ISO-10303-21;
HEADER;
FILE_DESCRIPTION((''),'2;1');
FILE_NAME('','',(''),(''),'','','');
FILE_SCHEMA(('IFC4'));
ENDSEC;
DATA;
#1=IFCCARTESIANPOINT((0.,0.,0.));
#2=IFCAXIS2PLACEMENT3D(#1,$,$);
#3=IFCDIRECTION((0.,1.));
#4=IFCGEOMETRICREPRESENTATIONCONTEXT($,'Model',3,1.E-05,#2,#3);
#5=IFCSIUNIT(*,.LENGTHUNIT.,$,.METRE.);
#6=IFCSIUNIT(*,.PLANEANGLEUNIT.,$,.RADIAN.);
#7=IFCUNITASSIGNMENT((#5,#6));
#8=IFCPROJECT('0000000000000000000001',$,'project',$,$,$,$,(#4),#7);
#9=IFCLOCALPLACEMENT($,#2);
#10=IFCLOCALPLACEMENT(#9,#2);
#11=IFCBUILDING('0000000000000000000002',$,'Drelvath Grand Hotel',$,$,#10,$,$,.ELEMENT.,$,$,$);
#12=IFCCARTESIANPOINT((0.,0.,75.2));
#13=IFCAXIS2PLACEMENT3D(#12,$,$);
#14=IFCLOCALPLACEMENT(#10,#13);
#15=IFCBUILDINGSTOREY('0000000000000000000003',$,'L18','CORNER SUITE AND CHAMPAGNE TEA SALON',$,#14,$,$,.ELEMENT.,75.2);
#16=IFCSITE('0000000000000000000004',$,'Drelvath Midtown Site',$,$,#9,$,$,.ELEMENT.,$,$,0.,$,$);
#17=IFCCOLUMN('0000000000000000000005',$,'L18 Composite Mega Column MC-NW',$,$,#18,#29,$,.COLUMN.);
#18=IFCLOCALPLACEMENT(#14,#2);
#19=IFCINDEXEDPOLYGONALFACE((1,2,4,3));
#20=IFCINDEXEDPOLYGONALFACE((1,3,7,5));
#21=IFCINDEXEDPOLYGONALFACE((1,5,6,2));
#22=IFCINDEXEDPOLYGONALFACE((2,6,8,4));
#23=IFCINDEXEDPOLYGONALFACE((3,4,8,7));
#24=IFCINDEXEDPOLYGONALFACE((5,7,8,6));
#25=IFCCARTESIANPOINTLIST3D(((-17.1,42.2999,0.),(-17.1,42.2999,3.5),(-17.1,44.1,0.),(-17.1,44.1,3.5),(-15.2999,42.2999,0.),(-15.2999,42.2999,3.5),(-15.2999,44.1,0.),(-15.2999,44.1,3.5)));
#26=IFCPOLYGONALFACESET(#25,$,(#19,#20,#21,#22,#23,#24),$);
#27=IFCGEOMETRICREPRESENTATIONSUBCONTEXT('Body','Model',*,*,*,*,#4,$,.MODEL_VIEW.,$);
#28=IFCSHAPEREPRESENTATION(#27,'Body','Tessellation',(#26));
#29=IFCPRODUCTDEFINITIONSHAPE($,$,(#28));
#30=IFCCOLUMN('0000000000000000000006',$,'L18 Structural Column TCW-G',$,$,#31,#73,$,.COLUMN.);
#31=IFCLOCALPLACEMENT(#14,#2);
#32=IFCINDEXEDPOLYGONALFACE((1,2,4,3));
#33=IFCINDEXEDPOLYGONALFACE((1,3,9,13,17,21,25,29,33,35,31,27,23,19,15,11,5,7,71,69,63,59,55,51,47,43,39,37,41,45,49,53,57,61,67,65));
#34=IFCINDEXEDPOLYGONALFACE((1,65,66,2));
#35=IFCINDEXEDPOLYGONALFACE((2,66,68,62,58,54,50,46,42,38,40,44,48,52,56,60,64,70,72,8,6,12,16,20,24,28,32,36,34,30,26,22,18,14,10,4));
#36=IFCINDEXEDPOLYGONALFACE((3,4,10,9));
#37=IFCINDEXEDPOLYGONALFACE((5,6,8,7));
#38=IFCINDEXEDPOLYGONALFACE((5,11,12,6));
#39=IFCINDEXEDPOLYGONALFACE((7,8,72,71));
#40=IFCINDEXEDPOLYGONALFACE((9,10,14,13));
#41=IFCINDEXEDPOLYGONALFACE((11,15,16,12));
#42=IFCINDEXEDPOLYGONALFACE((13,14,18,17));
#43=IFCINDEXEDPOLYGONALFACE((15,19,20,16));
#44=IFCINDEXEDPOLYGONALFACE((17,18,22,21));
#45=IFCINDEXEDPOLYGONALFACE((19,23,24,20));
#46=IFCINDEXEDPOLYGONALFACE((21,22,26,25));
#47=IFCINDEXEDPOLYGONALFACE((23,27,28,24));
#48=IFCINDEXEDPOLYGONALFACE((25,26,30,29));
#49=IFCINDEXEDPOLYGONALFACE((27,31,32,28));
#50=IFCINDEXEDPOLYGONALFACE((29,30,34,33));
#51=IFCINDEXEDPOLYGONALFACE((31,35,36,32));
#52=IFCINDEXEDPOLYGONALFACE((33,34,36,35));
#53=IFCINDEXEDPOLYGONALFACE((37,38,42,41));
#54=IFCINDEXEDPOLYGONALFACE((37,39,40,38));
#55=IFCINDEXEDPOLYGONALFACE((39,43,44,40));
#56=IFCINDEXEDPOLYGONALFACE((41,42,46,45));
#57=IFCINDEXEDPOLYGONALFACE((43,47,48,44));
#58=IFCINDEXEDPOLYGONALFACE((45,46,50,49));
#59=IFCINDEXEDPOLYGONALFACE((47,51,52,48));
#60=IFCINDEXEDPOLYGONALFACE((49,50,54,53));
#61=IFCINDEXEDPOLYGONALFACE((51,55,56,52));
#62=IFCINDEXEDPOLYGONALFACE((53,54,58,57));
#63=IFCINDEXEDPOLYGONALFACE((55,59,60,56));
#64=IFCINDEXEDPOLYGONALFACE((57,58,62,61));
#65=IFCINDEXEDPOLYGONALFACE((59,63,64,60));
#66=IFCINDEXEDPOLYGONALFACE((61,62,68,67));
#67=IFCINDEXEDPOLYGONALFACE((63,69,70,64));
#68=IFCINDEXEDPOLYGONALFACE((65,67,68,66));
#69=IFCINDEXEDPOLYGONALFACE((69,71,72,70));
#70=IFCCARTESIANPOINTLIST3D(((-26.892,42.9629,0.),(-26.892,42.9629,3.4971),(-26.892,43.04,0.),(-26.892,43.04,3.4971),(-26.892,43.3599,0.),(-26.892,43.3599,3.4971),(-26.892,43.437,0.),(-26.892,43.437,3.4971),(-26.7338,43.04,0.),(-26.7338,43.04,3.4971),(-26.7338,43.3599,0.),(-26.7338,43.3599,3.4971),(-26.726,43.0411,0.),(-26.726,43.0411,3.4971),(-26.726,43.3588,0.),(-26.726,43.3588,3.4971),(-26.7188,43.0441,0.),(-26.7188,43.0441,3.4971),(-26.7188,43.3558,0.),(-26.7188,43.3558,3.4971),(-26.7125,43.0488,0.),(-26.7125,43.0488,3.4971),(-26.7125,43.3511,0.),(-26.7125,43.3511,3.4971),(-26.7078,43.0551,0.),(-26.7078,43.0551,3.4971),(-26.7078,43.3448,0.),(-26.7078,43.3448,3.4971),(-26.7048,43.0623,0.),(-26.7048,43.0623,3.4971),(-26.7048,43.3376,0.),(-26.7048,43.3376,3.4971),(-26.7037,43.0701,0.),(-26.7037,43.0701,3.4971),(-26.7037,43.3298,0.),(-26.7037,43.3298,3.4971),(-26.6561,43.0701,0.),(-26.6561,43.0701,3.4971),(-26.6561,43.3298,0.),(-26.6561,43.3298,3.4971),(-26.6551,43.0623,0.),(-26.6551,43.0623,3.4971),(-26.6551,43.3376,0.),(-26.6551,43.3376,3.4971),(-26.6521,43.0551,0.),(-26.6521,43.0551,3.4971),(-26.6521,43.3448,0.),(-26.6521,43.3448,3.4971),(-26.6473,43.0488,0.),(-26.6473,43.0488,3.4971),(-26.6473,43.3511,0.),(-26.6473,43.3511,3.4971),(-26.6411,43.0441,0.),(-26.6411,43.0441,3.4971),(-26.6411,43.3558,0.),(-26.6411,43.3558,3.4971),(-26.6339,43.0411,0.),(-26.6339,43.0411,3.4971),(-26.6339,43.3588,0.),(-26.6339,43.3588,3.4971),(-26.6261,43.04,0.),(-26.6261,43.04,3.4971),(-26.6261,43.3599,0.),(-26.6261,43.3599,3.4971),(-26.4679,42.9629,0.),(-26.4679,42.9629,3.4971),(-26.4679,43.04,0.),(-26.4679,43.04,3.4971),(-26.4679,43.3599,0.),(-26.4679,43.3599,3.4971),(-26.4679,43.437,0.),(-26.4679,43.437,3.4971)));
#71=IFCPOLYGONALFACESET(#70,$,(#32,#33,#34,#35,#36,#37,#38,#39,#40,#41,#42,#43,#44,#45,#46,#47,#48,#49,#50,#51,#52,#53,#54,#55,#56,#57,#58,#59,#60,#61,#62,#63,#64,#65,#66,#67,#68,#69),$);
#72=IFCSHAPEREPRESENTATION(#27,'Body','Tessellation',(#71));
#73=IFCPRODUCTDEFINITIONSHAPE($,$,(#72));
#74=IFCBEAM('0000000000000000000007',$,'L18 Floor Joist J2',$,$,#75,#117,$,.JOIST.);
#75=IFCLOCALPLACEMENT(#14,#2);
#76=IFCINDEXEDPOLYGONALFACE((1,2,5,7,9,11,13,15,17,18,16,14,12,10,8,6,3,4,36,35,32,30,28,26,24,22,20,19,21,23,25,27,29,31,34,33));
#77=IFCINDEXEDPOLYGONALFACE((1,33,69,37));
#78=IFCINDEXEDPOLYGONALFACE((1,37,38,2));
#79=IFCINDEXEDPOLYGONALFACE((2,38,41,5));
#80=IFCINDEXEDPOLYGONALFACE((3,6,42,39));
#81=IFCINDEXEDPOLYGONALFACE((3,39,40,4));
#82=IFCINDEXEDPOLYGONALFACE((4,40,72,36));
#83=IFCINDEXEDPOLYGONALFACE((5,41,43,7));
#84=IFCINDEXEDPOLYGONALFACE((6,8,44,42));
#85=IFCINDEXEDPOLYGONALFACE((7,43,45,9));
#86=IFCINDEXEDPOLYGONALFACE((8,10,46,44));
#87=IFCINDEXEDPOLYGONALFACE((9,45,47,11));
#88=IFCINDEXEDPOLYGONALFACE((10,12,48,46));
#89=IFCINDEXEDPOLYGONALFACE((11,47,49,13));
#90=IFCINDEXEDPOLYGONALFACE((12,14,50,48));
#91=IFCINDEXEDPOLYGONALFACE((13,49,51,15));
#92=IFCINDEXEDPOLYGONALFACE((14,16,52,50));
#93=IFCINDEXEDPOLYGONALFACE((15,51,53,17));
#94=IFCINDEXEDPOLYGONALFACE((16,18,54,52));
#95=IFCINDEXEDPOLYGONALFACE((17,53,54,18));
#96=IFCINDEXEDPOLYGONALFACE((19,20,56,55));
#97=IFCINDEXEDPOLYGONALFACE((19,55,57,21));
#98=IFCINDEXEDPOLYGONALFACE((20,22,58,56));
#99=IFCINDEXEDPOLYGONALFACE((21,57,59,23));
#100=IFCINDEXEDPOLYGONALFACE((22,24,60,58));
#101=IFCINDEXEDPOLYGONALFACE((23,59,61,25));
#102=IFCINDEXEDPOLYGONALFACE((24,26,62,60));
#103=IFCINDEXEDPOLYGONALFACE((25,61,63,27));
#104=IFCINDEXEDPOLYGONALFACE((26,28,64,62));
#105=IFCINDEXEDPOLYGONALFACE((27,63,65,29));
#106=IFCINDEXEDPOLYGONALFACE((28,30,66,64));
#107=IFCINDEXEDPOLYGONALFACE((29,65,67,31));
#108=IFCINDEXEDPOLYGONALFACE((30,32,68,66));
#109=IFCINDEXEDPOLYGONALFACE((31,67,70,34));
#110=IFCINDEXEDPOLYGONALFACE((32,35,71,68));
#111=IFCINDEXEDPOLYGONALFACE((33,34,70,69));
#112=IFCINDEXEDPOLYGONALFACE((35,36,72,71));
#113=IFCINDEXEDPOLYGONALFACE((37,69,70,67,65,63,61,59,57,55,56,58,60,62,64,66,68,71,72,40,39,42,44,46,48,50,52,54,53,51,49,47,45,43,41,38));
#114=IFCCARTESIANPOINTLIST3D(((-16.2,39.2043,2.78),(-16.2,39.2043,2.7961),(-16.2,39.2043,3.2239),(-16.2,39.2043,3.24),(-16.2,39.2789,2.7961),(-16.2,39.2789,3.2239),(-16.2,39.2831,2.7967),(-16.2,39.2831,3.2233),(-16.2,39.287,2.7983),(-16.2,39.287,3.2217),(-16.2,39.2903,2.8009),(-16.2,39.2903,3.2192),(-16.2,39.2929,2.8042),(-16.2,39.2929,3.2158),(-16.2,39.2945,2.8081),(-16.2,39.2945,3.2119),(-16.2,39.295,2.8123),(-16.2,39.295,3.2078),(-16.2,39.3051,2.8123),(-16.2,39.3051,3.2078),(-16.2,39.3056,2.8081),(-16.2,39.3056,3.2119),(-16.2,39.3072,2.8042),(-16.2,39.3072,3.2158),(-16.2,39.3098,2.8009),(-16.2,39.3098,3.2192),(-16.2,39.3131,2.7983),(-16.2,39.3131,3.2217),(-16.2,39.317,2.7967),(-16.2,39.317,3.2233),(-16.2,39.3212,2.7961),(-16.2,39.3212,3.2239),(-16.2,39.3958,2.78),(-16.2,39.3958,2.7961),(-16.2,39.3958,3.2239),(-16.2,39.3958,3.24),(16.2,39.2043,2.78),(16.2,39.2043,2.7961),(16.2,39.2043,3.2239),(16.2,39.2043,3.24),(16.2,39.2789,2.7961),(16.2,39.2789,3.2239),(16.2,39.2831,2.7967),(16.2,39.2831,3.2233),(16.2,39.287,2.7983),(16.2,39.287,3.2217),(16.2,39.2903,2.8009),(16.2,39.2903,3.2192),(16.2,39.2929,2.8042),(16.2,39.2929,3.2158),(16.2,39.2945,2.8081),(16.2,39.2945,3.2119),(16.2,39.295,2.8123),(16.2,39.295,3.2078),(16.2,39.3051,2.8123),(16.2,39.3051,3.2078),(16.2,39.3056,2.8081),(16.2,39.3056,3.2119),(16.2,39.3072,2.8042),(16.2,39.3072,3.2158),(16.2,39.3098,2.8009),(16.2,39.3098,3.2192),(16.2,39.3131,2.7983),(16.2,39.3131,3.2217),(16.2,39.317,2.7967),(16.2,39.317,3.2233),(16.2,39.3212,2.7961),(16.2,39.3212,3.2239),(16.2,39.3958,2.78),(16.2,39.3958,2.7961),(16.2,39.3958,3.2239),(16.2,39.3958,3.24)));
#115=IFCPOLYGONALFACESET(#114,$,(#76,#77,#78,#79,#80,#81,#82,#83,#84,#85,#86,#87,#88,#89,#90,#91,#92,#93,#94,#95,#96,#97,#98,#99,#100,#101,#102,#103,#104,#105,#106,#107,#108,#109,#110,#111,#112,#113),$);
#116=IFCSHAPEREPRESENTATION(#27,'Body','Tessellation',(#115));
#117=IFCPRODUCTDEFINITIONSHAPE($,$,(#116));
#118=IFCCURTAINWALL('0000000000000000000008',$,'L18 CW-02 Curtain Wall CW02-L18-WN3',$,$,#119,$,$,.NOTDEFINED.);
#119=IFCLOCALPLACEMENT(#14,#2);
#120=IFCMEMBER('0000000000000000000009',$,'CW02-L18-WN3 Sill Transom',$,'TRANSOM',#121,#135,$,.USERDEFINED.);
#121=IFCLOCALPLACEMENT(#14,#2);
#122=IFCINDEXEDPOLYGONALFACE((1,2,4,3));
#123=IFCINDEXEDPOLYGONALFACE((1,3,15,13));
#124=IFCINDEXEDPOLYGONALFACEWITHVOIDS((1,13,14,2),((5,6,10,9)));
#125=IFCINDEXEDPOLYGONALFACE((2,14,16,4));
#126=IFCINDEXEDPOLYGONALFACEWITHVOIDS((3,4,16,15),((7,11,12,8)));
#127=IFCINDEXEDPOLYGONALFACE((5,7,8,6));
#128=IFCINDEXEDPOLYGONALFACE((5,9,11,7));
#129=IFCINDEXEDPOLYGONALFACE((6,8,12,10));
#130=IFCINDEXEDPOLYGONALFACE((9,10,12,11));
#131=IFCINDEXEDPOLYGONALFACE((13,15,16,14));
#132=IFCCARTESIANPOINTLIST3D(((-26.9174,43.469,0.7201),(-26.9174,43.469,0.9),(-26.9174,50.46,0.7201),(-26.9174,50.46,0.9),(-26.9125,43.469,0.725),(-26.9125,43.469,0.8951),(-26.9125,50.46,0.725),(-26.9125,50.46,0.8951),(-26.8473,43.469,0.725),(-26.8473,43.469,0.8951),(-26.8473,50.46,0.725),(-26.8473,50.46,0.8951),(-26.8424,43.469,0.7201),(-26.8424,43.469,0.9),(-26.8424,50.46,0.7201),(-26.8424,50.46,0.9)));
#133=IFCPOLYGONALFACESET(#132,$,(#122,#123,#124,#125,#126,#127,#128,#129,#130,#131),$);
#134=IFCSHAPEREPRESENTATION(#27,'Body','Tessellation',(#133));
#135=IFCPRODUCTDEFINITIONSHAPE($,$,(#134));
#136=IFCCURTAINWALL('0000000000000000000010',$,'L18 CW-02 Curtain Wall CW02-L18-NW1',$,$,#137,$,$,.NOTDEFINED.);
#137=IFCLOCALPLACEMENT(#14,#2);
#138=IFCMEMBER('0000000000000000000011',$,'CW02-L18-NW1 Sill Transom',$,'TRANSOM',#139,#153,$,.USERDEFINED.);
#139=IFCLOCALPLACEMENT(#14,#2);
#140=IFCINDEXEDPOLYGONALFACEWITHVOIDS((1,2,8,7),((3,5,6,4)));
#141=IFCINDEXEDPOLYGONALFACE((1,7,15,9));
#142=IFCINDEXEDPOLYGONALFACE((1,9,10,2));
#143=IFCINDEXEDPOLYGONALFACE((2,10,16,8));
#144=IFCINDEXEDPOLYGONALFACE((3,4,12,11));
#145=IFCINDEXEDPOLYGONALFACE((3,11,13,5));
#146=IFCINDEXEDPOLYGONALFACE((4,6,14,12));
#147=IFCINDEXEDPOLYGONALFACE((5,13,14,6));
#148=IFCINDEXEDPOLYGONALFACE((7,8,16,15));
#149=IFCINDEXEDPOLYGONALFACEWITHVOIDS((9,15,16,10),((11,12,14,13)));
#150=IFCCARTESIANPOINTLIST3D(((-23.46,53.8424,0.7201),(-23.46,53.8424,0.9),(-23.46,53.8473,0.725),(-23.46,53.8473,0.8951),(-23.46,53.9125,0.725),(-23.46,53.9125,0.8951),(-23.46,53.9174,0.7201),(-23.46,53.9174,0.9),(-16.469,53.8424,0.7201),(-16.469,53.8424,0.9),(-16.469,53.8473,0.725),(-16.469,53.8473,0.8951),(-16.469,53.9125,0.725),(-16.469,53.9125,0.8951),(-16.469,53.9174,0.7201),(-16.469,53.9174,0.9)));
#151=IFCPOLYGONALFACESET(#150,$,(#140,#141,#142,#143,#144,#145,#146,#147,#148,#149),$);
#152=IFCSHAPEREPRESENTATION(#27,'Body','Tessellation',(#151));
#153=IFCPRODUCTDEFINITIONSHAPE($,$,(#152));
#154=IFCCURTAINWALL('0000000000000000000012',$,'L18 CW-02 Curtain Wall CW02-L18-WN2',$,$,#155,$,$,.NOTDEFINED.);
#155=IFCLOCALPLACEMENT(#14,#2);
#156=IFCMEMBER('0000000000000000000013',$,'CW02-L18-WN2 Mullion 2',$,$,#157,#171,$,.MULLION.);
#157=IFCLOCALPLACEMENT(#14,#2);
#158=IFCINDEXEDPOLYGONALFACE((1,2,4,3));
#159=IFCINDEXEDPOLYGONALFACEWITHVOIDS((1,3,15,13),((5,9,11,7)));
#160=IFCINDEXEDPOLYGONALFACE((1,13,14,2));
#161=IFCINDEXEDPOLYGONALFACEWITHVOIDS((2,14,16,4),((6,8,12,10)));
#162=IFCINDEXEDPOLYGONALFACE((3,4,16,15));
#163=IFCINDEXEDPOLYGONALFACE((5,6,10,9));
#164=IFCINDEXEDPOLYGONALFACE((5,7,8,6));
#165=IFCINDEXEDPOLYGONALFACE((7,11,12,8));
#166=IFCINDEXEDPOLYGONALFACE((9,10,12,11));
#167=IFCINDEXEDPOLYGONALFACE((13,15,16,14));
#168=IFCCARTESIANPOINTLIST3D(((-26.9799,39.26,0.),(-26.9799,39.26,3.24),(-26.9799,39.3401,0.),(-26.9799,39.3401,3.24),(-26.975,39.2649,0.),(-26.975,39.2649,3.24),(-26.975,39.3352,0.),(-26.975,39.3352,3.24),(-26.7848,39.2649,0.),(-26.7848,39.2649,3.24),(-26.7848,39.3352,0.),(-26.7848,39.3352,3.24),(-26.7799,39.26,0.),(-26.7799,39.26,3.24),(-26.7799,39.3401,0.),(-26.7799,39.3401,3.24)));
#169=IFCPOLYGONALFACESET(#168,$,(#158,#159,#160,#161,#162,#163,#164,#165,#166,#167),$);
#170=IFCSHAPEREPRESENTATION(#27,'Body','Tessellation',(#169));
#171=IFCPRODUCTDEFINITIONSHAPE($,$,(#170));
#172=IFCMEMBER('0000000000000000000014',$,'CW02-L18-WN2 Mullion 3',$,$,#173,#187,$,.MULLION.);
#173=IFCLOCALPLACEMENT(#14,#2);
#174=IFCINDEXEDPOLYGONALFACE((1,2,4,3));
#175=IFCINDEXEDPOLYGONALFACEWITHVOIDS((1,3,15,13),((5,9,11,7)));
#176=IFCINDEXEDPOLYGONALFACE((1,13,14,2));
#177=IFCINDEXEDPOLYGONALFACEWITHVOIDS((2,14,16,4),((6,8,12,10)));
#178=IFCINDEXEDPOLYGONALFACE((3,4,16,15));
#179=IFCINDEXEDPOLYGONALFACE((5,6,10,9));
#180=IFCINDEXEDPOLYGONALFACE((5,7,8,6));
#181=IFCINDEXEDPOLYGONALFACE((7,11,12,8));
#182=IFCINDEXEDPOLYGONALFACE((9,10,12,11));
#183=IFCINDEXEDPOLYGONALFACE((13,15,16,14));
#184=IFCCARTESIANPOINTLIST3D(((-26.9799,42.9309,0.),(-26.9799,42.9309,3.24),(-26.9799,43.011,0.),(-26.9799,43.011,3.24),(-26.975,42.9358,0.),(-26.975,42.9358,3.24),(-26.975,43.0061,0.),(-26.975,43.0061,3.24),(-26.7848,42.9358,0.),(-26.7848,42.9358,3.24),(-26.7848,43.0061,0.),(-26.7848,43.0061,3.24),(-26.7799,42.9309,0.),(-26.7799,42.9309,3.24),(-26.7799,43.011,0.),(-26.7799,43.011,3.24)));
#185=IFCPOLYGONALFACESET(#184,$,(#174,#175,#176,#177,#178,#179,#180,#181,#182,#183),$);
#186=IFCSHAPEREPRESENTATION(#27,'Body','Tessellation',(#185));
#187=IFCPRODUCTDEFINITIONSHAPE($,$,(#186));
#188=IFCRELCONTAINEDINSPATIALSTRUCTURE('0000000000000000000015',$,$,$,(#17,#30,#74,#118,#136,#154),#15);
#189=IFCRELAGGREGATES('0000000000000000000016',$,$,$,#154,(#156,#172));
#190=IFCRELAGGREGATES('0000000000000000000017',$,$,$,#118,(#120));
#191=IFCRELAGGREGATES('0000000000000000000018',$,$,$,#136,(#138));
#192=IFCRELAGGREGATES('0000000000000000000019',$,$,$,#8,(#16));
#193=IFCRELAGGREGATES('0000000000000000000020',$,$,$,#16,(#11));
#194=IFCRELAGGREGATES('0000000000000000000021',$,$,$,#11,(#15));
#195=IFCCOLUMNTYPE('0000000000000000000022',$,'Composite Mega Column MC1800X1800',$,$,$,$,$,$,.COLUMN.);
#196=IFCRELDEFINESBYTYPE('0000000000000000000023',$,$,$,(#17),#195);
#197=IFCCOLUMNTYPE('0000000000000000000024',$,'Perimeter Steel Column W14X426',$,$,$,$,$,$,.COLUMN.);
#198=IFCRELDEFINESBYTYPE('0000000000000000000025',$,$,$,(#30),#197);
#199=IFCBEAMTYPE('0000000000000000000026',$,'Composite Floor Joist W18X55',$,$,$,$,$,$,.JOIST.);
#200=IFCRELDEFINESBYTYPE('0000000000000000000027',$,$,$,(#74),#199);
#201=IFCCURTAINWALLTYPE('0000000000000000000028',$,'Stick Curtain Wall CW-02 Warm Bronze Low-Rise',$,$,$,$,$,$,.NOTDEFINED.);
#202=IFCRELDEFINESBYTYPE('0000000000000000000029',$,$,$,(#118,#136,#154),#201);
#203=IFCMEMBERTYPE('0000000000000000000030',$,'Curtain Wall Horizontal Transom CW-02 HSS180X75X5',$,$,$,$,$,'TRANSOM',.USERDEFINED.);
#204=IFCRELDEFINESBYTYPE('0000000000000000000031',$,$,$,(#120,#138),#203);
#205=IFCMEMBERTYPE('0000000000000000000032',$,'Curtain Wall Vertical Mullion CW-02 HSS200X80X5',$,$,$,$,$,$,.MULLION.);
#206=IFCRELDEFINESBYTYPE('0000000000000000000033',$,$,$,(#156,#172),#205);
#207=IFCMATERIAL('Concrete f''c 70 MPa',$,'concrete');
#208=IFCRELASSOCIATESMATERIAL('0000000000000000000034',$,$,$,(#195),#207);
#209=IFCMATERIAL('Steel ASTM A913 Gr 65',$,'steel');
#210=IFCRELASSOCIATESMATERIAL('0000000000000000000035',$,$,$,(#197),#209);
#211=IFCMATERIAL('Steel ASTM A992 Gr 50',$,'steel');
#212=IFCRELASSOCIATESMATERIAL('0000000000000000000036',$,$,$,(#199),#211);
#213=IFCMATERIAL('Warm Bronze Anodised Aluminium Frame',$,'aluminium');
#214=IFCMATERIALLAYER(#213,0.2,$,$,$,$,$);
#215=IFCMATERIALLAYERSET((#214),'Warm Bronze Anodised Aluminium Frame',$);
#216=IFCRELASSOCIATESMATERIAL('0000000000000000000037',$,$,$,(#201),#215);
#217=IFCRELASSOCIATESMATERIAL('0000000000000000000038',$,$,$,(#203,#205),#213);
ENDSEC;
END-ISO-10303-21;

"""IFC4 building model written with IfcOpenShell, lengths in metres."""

from ifc_helpers import new_model, si_unit, direction, frame, origin, origin_2d, place, context, subcontext, project, spatial, rectangle, hollow_rectangle, i_section, extrude, material, layer, layer_set, material_profile, profile_set, type_object, element, aggregate, save


model = new_model("IFC4")

# Units and contexts
model_context = context("Model", 3, precision=1e-05, world=origin(), true_north=direction((0.0, 1.0)))
body_context = subcontext(model_context, "Body", "Model", "MODEL_VIEW")
ifc_project = project(units=[si_unit("LENGTHUNIT", "METRE"), si_unit("PLANEANGLEUNIT", "RADIAN")], contexts=[model_context])

# Site, building, storey
site_placement = place(None, origin())
site = spatial("IfcSite", under=ifc_project, at=site_placement, Name="Drelvath Midtown Site", CompositionType="ELEMENT", RefElevation=0.0)
building_placement = place(site_placement, origin())
building = spatial("IfcBuilding", under=site, at=building_placement, Name="Drelvath Grand Hotel", CompositionType="ELEMENT")
storey_placement = place(building_placement, frame((0.0, 0.0, 75.2)))
storey = spatial("IfcBuildingStorey", under=building, at=storey_placement, Name="L18", Description="CORNER SUITE AND CHAMPAGNE TEA SALON", CompositionType="ELEMENT", Elevation=75.2)

# Columns
ifc_material_1 = material(Name="Concrete f'c 70 MPa", Category="concrete")
ifc_material_profile_1 = material_profile(ifc_material_1, rectangle(XDim=1.8, YDim=1.8, at=origin_2d()), Name="MC1800X1800")
ifc_profile_set_1 = profile_set([ifc_material_profile_1], Name="Concrete f'c 70 MPa")
column_type_1 = type_object("IfcColumnType", Name="Composite Mega Column MC1800X1800", PredefinedType="COLUMN", material=ifc_profile_set_1)
column_1_placement = place(storey_placement, frame((-16.2, 43.2, 0.0), z_axis=(0.0, 0.0, 1.0), x_axis=(1.0, 0.0, 0.0)))
element("IfcColumn", 1, at=column_1_placement, inside=storey, type_object=column_type_1, Name="L18 Composite Mega Column MC-NW", PredefinedType="COLUMN", context=body_context, shape_type="SweptSolid", body=[
    extrude(rectangle(XDim=1.8, YDim=1.8, at=origin_2d()), origin(), (0.0, 0.0, 1.0), 3.5),
])
ifc_material_2 = material(Name="Steel ASTM A913 Gr 65", Category="steel")
ifc_material_profile_2 = material_profile(ifc_material_2, i_section(OverallWidth=0.4241, OverallDepth=0.4741, WebThickness=0.0476, FlangeThickness=0.0771, FilletRadius=0.03, at=origin_2d()), Name="W14X426")
ifc_profile_set_2 = profile_set([ifc_material_profile_2], Name="Steel ASTM A913 Gr 65")
column_type_2 = type_object("IfcColumnType", Name="Perimeter Steel Column W14X426", PredefinedType="COLUMN", material=ifc_profile_set_2)
column_2_placement = place(storey_placement, frame((-26.6799, 43.2, 0.0), z_axis=(0.0, 0.0, 1.0), x_axis=(1.0, 0.0, 0.0)))
element("IfcColumn", 2, at=column_2_placement, inside=storey, type_object=column_type_2, Name="L18 Structural Column TCW-G", PredefinedType="COLUMN", context=body_context, shape_type="SweptSolid", body=[
    extrude(i_section(OverallWidth=0.4241, OverallDepth=0.4741, WebThickness=0.0476, FlangeThickness=0.0771, FilletRadius=0.03, at=origin_2d()), origin(), (0.0, 0.0, 1.0), 3.4971),
])

# Beam
ifc_material_3 = material(Name="Steel ASTM A992 Gr 50", Category="steel")
ifc_material_profile_3 = material_profile(ifc_material_3, i_section(OverallWidth=0.1914, OverallDepth=0.46, WebThickness=0.01, FlangeThickness=0.0161, FilletRadius=0.0161, at=origin_2d()), Name="W18X55")
ifc_profile_set_3 = profile_set([ifc_material_profile_3], Name="Steel ASTM A992 Gr 50")
beam_type_1 = type_object("IfcBeamType", Name="Composite Floor Joist W18X55", PredefinedType="JOIST", material=ifc_profile_set_3)
beam_1_placement = place(storey_placement, frame((-16.2, 39.3, 3.01), z_axis=(1.0, 0.0, 0.0), x_axis=(0.0, 1.0, 0.0)))
element("IfcBeam", 3, at=beam_1_placement, inside=storey, type_object=beam_type_1, Name="L18 Floor Joist J2", PredefinedType="JOIST", context=body_context, shape_type="SweptSolid", body=[
    extrude(i_section(OverallWidth=0.1914, OverallDepth=0.46, WebThickness=0.01, FlangeThickness=0.0161, FilletRadius=0.0161, at=origin_2d()), origin(), (0.0, 0.0, 1.0), 32.3999),
])

# Curtain walls, members
ifc_material_4 = material(Name="Warm Bronze Anodised Aluminium Frame", Category="aluminium")
ifc_layer_1 = layer(ifc_material_4, 0.2)
ifc_layer_set_1 = layer_set([ifc_layer_1], Name="Warm Bronze Anodised Aluminium Frame")
curtain_wall_type = type_object("IfcCurtainWallType", Name="Stick Curtain Wall CW-02 Warm Bronze Low-Rise", PredefinedType="NOTDEFINED", material=ifc_layer_set_1)
curtain_wall_1_placement = place(storey_placement, origin())
curtain_wall_1 = element("IfcCurtainWall", 4, at=curtain_wall_1_placement, inside=storey, type_object=curtain_wall_type, Name="L18 CW-02 Curtain Wall CW02-L18-WN3", PredefinedType="NOTDEFINED")
ifc_material_profile_4 = material_profile(ifc_material_4, hollow_rectangle(XDim=0.075, YDim=0.1799, WallThickness=0.0049, at=origin_2d()), Name="HSS180X75X5")
ifc_profile_set_4 = profile_set([ifc_material_profile_4], Name="Warm Bronze Anodised Aluminium Frame")
member_type_1 = type_object("IfcMemberType", Name="Curtain Wall Horizontal Transom CW-02 HSS180X75X5", ElementType="TRANSOM", PredefinedType="USERDEFINED", material=ifc_profile_set_4)
member_1_placement = place(storey_placement, frame((-26.8799, 43.469, 0.8101), z_axis=(0.0, 1.0, 0.0), x_axis=(-1.0, 0.0, 0.0)))
member_1 = element("IfcMember", 5, at=member_1_placement, type_object=member_type_1, Name="CW02-L18-WN3 Sill Transom", ObjectType="TRANSOM", PredefinedType="USERDEFINED", context=body_context, shape_type="SweptSolid", body=[
    extrude(hollow_rectangle(XDim=0.075, YDim=0.1799, WallThickness=0.0049, at=origin_2d()), origin(), (0.0, 0.0, 1.0), 6.991),
])
curtain_wall_2_placement = place(storey_placement, origin())
curtain_wall_2 = element("IfcCurtainWall", 6, at=curtain_wall_2_placement, inside=storey, type_object=curtain_wall_type, Name="L18 CW-02 Curtain Wall CW02-L18-NW1", PredefinedType="NOTDEFINED")
member_2_placement = place(storey_placement, frame((-23.46, 53.8799, 0.8101), z_axis=(1.0, 0.0, 0.0), x_axis=(0.0, 1.0, 0.0)))
member_2 = element("IfcMember", 7, at=member_2_placement, type_object=member_type_1, Name="CW02-L18-NW1 Sill Transom", ObjectType="TRANSOM", PredefinedType="USERDEFINED", context=body_context, shape_type="SweptSolid", body=[
    extrude(hollow_rectangle(XDim=0.075, YDim=0.1799, WallThickness=0.0049, at=origin_2d()), origin(), (0.0, 0.0, 1.0), 6.991),
])

# Curtain wall, members
curtain_wall_3_placement = place(storey_placement, origin())
curtain_wall_3 = element("IfcCurtainWall", 8, at=curtain_wall_3_placement, inside=storey, type_object=curtain_wall_type, Name="L18 CW-02 Curtain Wall CW02-L18-WN2", PredefinedType="NOTDEFINED")
ifc_material_profile_5 = material_profile(ifc_material_4, hollow_rectangle(XDim=0.0801, YDim=0.2, WallThickness=0.0049, at=origin_2d()), Name="HSS200X80X5")
ifc_profile_set_5 = profile_set([ifc_material_profile_5], Name="Warm Bronze Anodised Aluminium Frame")
member_type_2 = type_object("IfcMemberType", Name="Curtain Wall Vertical Mullion CW-02 HSS200X80X5", PredefinedType="MULLION", material=ifc_profile_set_5)
member_3_placement = place(storey_placement, frame((-26.8799, 39.3, 0.0), z_axis=(0.0, 0.0, 1.0), x_axis=(0.0, 1.0, 0.0)))
member_3 = element("IfcMember", 9, at=member_3_placement, type_object=member_type_2, Name="CW02-L18-WN2 Mullion 2", PredefinedType="MULLION", context=body_context, shape_type="SweptSolid", body=[
    extrude(hollow_rectangle(XDim=0.0801, YDim=0.2, WallThickness=0.0049, at=origin_2d()), origin(), (0.0, 0.0, 1.0), 3.24),
])
member_4_placement = place(storey_placement, frame((-26.8799, 42.9709, 0.0), z_axis=(0.0, 0.0, 1.0), x_axis=(0.0, 1.0, 0.0)))
member_4 = element("IfcMember", 10, at=member_4_placement, type_object=member_type_2, Name="CW02-L18-WN2 Mullion 3", PredefinedType="MULLION", context=body_context, shape_type="SweptSolid", body=[
    extrude(hollow_rectangle(XDim=0.0801, YDim=0.2, WallThickness=0.0049, at=origin_2d()), origin(), (0.0, 0.0, 1.0), 3.24),
])

aggregate(curtain_wall_3, [member_3, member_4])
aggregate(curtain_wall_1, [member_1])
aggregate(curtain_wall_2, [member_2])

save(model, "model.ifc")
